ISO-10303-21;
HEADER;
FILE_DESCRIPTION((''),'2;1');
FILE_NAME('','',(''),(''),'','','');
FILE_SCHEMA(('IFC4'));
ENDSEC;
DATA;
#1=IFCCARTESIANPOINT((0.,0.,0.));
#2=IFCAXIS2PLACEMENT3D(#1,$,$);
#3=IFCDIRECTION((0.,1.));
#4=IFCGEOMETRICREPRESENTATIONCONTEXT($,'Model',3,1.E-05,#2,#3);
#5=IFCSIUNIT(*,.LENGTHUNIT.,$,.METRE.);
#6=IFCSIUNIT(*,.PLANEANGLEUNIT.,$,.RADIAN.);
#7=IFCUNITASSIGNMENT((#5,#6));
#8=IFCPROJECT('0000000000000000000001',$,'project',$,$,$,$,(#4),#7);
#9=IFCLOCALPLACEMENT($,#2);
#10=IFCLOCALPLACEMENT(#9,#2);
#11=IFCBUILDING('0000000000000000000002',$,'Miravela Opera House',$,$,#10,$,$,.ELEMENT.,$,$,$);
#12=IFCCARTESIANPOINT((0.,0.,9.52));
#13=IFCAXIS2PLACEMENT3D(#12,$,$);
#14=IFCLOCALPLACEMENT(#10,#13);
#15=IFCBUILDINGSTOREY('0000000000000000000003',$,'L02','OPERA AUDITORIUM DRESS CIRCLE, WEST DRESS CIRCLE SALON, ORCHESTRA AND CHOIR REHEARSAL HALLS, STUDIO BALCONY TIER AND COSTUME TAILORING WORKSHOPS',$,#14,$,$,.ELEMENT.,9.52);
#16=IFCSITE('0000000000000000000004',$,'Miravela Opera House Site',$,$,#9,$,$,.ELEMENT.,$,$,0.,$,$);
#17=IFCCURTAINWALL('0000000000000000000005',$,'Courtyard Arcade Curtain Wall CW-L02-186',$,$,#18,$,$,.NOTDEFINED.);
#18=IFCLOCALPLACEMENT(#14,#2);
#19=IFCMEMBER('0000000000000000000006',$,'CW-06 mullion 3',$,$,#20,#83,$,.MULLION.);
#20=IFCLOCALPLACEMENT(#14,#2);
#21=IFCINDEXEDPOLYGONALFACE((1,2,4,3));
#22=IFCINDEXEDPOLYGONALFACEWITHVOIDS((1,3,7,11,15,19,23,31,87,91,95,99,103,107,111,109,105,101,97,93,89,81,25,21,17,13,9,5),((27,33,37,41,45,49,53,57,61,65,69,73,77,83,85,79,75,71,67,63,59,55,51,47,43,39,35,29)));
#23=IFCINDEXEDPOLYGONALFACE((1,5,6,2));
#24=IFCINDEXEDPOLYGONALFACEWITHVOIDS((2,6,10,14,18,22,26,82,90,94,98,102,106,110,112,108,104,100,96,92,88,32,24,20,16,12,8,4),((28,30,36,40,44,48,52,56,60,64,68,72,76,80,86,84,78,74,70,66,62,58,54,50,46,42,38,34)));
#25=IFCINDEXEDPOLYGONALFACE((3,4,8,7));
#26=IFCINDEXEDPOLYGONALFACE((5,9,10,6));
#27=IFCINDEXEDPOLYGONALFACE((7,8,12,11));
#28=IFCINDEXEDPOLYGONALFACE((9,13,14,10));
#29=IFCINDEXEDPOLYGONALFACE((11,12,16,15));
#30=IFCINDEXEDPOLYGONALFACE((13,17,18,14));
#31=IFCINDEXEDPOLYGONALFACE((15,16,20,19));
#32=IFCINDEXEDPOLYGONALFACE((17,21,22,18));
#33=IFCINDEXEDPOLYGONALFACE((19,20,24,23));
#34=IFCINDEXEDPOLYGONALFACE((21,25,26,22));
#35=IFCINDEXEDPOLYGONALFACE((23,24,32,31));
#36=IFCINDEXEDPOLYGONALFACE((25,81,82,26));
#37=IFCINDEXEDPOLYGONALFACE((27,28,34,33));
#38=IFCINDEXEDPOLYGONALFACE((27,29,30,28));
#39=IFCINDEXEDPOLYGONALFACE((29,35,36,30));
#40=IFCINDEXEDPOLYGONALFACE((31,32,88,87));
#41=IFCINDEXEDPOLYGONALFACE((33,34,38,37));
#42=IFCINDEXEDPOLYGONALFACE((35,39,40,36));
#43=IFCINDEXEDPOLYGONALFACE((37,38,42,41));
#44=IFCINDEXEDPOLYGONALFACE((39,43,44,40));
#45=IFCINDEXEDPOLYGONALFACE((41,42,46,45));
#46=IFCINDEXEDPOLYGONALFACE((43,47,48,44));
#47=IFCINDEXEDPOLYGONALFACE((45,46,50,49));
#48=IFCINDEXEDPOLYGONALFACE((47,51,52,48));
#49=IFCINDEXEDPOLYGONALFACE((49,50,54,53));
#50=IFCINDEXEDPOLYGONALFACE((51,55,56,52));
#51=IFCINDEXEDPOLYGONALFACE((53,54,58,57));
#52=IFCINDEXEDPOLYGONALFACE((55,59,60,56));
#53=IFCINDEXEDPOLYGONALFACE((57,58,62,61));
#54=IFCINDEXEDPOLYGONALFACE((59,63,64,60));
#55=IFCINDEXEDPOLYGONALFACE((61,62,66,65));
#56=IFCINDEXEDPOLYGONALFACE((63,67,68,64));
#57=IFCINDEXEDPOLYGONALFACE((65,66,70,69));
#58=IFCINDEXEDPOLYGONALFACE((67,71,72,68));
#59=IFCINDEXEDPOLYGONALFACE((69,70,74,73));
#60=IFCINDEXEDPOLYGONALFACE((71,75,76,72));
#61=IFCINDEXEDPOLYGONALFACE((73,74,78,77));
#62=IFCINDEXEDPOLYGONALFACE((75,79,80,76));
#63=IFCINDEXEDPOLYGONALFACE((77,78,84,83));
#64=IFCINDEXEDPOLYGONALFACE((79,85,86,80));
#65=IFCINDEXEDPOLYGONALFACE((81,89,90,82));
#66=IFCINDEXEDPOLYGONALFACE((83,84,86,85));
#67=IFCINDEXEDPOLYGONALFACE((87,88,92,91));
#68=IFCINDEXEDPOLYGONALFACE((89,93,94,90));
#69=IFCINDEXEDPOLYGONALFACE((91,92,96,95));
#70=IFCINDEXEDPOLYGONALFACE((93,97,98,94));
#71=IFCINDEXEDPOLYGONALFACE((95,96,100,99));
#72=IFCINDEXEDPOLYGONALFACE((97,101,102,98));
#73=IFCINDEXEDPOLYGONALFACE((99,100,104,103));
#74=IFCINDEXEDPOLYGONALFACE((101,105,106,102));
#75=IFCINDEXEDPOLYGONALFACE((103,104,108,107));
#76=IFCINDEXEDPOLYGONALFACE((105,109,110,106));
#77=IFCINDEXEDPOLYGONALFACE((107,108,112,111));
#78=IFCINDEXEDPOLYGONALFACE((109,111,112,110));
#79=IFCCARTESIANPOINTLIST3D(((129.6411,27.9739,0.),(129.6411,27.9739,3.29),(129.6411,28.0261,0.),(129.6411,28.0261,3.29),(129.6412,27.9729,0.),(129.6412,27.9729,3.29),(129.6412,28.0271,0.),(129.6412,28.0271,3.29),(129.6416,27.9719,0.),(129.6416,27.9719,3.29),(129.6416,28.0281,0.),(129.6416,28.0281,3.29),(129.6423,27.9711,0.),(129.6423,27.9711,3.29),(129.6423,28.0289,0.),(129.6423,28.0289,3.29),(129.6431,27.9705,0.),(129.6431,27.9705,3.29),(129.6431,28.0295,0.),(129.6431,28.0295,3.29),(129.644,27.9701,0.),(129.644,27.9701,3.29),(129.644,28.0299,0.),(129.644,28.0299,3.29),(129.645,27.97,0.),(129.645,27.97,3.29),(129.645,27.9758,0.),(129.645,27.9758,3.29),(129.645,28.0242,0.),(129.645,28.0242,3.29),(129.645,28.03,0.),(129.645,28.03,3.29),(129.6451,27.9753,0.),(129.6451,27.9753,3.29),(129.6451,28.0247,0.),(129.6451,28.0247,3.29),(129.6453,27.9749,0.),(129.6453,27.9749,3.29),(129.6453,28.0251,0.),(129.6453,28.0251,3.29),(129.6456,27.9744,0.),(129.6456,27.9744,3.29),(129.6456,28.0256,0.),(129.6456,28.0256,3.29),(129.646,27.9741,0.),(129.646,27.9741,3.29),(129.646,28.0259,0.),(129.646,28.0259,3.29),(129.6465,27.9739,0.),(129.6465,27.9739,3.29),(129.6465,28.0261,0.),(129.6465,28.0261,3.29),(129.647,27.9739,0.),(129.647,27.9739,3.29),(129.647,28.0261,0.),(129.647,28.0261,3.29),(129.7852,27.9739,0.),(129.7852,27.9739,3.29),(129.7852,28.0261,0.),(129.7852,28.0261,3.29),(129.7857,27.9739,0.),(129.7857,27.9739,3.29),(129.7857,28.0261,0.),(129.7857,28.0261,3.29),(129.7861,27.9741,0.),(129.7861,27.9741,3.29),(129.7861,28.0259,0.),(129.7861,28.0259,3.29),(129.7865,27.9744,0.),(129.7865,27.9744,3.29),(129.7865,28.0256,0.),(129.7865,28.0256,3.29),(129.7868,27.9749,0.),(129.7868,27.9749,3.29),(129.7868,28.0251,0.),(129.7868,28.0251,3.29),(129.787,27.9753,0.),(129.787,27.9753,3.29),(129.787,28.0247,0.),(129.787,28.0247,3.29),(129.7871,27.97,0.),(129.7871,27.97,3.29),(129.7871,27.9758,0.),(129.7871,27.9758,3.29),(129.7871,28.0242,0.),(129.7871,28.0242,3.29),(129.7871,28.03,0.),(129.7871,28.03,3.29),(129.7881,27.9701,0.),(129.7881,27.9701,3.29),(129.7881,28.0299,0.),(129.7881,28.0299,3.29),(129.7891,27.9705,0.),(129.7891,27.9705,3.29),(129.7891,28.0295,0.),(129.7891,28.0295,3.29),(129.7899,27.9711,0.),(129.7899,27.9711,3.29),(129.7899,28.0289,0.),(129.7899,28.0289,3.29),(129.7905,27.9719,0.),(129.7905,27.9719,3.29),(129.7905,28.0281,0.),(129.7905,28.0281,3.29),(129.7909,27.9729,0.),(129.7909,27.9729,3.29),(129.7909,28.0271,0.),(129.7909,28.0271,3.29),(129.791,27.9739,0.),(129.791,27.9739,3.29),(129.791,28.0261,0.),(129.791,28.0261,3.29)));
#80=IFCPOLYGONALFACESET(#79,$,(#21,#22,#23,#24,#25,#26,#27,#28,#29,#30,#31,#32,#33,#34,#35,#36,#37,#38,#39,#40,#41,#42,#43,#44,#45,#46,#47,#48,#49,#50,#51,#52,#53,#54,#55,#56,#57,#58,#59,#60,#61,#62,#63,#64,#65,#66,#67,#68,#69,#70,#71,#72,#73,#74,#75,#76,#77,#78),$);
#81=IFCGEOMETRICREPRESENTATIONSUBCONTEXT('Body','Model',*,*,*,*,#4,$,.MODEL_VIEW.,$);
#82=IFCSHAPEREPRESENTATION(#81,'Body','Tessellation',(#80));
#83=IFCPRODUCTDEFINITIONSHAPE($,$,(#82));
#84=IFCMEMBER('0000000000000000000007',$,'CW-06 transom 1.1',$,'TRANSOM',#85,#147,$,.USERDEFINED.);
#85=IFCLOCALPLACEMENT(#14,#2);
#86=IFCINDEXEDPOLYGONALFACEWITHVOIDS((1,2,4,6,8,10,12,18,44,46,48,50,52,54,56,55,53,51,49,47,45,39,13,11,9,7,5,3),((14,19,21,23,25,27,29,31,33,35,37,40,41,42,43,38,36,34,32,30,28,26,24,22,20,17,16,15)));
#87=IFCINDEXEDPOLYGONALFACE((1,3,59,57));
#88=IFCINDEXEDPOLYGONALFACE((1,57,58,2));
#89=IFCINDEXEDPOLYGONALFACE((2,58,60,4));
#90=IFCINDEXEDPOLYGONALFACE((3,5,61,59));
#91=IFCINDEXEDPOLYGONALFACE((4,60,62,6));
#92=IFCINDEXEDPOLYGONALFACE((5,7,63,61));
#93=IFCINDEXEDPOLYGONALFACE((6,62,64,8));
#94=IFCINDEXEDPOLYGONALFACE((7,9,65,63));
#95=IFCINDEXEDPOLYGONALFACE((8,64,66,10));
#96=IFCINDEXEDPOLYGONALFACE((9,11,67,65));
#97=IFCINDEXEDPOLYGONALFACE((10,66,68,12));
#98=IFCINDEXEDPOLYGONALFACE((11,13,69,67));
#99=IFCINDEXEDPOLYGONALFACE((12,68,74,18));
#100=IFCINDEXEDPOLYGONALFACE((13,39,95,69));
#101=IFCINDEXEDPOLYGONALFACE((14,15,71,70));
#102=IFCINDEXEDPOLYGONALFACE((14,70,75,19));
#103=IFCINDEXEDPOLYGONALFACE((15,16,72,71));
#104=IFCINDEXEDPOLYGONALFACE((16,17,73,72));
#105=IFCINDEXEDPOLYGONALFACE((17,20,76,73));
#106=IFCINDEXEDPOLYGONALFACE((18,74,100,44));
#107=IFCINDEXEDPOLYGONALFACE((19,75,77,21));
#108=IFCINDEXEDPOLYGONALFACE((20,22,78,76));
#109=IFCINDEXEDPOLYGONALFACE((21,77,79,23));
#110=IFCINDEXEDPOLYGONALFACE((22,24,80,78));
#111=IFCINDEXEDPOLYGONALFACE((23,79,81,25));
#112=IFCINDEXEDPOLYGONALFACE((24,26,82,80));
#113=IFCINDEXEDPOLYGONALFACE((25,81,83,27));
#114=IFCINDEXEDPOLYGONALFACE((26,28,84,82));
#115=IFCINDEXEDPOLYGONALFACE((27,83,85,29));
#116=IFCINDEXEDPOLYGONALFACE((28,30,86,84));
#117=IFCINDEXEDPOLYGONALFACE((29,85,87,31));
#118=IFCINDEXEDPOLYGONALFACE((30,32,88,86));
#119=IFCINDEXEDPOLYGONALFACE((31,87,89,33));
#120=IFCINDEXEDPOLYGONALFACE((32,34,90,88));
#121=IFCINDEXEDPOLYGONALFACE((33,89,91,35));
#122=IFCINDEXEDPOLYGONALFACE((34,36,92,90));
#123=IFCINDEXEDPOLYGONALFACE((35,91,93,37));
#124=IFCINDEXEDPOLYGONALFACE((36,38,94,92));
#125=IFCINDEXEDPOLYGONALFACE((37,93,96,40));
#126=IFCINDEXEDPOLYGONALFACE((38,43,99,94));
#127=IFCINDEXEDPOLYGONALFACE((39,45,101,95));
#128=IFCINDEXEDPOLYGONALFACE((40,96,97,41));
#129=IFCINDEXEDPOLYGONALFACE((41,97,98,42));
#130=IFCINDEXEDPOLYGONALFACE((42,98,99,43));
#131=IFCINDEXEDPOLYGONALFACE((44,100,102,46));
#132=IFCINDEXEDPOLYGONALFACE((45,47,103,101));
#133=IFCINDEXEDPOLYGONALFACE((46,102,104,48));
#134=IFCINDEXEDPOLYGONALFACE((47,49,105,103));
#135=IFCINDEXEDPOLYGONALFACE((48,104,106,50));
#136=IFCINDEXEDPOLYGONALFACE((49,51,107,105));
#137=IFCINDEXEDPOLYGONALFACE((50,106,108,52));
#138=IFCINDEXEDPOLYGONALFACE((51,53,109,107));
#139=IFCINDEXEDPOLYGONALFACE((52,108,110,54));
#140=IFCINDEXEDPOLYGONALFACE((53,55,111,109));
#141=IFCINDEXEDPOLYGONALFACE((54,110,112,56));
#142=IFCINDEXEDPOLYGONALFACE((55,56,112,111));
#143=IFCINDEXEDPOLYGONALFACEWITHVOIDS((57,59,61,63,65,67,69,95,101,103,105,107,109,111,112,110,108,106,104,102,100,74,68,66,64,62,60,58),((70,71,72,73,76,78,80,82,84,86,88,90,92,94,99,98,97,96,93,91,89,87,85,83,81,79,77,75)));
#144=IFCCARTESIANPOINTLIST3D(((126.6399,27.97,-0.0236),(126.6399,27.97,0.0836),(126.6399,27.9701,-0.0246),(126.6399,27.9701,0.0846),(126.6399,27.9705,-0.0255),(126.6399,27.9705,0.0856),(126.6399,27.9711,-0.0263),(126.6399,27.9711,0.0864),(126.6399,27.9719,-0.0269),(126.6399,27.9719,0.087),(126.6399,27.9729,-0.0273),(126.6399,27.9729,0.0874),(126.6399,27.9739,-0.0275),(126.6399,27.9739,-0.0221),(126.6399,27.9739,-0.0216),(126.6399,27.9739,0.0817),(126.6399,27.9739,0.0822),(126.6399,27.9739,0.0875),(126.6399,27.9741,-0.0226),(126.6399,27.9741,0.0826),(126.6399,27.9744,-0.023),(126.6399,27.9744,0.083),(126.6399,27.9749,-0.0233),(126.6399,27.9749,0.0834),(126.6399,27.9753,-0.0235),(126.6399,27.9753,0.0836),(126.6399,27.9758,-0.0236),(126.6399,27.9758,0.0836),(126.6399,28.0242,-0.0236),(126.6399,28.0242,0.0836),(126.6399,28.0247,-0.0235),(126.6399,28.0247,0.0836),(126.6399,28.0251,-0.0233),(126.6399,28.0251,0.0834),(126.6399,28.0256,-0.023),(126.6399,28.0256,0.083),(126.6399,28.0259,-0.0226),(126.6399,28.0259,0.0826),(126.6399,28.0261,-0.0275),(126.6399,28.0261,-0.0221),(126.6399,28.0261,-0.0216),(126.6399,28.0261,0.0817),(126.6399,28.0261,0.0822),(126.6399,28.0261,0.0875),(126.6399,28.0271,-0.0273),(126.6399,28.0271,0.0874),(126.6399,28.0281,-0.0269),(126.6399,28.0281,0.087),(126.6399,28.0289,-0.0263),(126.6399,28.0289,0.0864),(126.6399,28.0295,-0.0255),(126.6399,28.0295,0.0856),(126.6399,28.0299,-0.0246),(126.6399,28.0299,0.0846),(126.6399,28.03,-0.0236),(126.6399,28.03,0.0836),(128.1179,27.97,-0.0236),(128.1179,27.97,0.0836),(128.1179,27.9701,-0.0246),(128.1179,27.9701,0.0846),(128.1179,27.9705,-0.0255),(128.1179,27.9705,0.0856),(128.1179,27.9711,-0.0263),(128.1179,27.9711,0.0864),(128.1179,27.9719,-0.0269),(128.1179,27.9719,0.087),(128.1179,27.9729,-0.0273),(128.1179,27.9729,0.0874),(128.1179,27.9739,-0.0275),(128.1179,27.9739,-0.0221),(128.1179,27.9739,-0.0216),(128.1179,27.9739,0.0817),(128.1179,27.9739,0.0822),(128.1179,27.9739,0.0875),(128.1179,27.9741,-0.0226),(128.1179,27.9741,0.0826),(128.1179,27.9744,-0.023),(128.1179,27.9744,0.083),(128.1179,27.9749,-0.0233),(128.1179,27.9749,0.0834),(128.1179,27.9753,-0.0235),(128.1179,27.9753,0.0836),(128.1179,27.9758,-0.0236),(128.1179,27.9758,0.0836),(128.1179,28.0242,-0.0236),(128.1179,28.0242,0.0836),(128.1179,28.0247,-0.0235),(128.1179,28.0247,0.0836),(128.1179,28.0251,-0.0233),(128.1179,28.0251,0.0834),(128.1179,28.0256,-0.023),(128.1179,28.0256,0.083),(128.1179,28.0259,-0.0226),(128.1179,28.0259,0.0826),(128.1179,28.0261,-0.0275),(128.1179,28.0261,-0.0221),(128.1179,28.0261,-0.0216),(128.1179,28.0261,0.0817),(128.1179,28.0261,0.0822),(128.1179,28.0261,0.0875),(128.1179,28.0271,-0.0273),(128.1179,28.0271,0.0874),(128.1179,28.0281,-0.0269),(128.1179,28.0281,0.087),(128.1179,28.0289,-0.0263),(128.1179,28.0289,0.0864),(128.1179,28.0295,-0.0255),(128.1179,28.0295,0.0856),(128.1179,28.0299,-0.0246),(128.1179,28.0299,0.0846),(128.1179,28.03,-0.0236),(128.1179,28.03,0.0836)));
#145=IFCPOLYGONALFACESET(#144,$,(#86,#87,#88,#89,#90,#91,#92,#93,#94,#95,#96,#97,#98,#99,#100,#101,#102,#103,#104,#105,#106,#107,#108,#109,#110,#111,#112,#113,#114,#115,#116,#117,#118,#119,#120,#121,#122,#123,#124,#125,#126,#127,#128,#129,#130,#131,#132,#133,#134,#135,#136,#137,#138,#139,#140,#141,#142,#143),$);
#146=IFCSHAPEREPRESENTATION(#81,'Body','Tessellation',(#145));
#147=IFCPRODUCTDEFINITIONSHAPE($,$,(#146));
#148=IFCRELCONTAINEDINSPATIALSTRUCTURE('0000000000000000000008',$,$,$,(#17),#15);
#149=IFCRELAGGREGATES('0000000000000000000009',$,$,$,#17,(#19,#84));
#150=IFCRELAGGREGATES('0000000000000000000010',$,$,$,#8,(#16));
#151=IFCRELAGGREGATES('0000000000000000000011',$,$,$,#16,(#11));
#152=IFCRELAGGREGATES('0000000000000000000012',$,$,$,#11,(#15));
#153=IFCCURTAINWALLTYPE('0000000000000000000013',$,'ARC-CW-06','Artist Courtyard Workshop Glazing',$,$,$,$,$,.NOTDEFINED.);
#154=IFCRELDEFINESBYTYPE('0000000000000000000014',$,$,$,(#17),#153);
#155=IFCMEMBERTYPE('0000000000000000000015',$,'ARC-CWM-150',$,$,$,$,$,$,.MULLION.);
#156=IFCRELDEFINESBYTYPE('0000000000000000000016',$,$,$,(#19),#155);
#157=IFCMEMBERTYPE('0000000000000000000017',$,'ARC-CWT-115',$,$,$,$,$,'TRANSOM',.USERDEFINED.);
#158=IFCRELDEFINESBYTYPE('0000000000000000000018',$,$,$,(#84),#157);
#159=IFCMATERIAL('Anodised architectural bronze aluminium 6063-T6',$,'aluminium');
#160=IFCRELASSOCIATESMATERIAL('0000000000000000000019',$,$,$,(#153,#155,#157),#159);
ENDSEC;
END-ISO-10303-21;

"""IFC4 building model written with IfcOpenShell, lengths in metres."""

from ifc_helpers import new_model, si_unit, direction, frame, origin, origin_2d, place, context, subcontext, project, spatial, hollow_rectangle, extrude, material, material_profile, profile_set, type_object, element, aggregate, save


model = new_model("IFC4")

# Units and contexts
model_context = context("Model", 3, precision=1e-05, world=origin(), true_north=direction((0.0, 1.0)))
body_context = subcontext(model_context, "Body", "Model", "MODEL_VIEW")
ifc_project = project(units=[si_unit("LENGTHUNIT", "METRE"), si_unit("PLANEANGLEUNIT", "RADIAN")], contexts=[model_context])

# Site, building, storey
site_placement = place(None, origin())
site = spatial("IfcSite", under=ifc_project, at=site_placement, Name="Miravela Opera House Site", CompositionType="ELEMENT", RefElevation=0.0)
building_placement = place(site_placement, origin())
building = spatial("IfcBuilding", under=site, at=building_placement, Name="Miravela Opera House", CompositionType="ELEMENT")
storey_placement = place(building_placement, frame((0.0, 0.0, 9.52)))
storey = spatial("IfcBuildingStorey", under=building, at=storey_placement, Name="L02", Description="OPERA AUDITORIUM DRESS CIRCLE, WEST DRESS CIRCLE SALON, ORCHESTRA AND CHOIR REHEARSAL HALLS, STUDIO BALCONY TIER AND COSTUME TAILORING WORKSHOPS", CompositionType="ELEMENT", Elevation=9.52)

# Curtain wall, members
ifc_material_1 = material(Name="Anodised architectural bronze aluminium 6063-T6", Category="aluminium")
curtain_wall_type = type_object("IfcCurtainWallType", Name="ARC-CW-06", Description="Artist Courtyard Workshop Glazing", PredefinedType="NOTDEFINED", material=ifc_material_1)
curtain_wall_placement = place(storey_placement, origin())
curtain_wall = element("IfcCurtainWall", 1, at=curtain_wall_placement, inside=storey, type_object=curtain_wall_type, Name="Courtyard Arcade Curtain Wall CW-L02-186", PredefinedType="NOTDEFINED")
ifc_material_profile_1 = material_profile(ifc_material_1, hollow_rectangle(XDim=0.0601, YDim=0.1499, WallThickness=0.0039, InnerFilletRadius=0.002, OuterFilletRadius=0.0039, at=origin_2d()), Name="CWM-60X150")
ifc_profile_set_1 = profile_set([ifc_material_profile_1])
member_type_1 = type_object("IfcMemberType", Name="ARC-CWM-150", PredefinedType="MULLION", material=ifc_profile_set_1)
member_1_placement = place(storey_placement, frame((129.7161, 28.0, 0.0), z_axis=(0.0, 0.0, 1.0), x_axis=(0.0, 1.0, 0.0)))
member_1 = element("IfcMember", 2, at=member_1_placement, type_object=member_type_1, Name="CW-06 mullion 3", PredefinedType="MULLION", context=body_context, shape_type="SweptSolid", body=[
    extrude(hollow_rectangle(XDim=0.0601, YDim=0.1499, WallThickness=0.0039, InnerFilletRadius=0.002, OuterFilletRadius=0.0039, at=origin_2d()), origin(), (0.0, 0.0, 1.0), 3.29),
])
ifc_material_profile_2 = material_profile(ifc_material_1, hollow_rectangle(XDim=0.0601, YDim=0.115, WallThickness=0.0039, InnerFilletRadius=0.002, OuterFilletRadius=0.0039, at=origin_2d()), Name="CWT-60X115")
ifc_profile_set_2 = profile_set([ifc_material_profile_2])
member_type_2 = type_object("IfcMemberType", Name="ARC-CWT-115", ElementType="TRANSOM", PredefinedType="USERDEFINED", material=ifc_profile_set_2)
member_2_placement = place(storey_placement, frame((126.6399, 28.0, 0.03), z_axis=(1.0, 0.0, 0.0), x_axis=(0.0, 1.0, 0.0)))
member_2 = element("IfcMember", 3, at=member_2_placement, type_object=member_type_2, Name="CW-06 transom 1.1", ObjectType="TRANSOM", PredefinedType="USERDEFINED", context=body_context, shape_type="SweptSolid", body=[
    extrude(hollow_rectangle(XDim=0.0601, YDim=0.115, WallThickness=0.0039, InnerFilletRadius=0.002, OuterFilletRadius=0.0039, at=origin_2d()), origin(), (0.0, 0.0, 1.0), 1.478),
])

aggregate(curtain_wall, [member_1, member_2])

save(model, "model.ifc")
